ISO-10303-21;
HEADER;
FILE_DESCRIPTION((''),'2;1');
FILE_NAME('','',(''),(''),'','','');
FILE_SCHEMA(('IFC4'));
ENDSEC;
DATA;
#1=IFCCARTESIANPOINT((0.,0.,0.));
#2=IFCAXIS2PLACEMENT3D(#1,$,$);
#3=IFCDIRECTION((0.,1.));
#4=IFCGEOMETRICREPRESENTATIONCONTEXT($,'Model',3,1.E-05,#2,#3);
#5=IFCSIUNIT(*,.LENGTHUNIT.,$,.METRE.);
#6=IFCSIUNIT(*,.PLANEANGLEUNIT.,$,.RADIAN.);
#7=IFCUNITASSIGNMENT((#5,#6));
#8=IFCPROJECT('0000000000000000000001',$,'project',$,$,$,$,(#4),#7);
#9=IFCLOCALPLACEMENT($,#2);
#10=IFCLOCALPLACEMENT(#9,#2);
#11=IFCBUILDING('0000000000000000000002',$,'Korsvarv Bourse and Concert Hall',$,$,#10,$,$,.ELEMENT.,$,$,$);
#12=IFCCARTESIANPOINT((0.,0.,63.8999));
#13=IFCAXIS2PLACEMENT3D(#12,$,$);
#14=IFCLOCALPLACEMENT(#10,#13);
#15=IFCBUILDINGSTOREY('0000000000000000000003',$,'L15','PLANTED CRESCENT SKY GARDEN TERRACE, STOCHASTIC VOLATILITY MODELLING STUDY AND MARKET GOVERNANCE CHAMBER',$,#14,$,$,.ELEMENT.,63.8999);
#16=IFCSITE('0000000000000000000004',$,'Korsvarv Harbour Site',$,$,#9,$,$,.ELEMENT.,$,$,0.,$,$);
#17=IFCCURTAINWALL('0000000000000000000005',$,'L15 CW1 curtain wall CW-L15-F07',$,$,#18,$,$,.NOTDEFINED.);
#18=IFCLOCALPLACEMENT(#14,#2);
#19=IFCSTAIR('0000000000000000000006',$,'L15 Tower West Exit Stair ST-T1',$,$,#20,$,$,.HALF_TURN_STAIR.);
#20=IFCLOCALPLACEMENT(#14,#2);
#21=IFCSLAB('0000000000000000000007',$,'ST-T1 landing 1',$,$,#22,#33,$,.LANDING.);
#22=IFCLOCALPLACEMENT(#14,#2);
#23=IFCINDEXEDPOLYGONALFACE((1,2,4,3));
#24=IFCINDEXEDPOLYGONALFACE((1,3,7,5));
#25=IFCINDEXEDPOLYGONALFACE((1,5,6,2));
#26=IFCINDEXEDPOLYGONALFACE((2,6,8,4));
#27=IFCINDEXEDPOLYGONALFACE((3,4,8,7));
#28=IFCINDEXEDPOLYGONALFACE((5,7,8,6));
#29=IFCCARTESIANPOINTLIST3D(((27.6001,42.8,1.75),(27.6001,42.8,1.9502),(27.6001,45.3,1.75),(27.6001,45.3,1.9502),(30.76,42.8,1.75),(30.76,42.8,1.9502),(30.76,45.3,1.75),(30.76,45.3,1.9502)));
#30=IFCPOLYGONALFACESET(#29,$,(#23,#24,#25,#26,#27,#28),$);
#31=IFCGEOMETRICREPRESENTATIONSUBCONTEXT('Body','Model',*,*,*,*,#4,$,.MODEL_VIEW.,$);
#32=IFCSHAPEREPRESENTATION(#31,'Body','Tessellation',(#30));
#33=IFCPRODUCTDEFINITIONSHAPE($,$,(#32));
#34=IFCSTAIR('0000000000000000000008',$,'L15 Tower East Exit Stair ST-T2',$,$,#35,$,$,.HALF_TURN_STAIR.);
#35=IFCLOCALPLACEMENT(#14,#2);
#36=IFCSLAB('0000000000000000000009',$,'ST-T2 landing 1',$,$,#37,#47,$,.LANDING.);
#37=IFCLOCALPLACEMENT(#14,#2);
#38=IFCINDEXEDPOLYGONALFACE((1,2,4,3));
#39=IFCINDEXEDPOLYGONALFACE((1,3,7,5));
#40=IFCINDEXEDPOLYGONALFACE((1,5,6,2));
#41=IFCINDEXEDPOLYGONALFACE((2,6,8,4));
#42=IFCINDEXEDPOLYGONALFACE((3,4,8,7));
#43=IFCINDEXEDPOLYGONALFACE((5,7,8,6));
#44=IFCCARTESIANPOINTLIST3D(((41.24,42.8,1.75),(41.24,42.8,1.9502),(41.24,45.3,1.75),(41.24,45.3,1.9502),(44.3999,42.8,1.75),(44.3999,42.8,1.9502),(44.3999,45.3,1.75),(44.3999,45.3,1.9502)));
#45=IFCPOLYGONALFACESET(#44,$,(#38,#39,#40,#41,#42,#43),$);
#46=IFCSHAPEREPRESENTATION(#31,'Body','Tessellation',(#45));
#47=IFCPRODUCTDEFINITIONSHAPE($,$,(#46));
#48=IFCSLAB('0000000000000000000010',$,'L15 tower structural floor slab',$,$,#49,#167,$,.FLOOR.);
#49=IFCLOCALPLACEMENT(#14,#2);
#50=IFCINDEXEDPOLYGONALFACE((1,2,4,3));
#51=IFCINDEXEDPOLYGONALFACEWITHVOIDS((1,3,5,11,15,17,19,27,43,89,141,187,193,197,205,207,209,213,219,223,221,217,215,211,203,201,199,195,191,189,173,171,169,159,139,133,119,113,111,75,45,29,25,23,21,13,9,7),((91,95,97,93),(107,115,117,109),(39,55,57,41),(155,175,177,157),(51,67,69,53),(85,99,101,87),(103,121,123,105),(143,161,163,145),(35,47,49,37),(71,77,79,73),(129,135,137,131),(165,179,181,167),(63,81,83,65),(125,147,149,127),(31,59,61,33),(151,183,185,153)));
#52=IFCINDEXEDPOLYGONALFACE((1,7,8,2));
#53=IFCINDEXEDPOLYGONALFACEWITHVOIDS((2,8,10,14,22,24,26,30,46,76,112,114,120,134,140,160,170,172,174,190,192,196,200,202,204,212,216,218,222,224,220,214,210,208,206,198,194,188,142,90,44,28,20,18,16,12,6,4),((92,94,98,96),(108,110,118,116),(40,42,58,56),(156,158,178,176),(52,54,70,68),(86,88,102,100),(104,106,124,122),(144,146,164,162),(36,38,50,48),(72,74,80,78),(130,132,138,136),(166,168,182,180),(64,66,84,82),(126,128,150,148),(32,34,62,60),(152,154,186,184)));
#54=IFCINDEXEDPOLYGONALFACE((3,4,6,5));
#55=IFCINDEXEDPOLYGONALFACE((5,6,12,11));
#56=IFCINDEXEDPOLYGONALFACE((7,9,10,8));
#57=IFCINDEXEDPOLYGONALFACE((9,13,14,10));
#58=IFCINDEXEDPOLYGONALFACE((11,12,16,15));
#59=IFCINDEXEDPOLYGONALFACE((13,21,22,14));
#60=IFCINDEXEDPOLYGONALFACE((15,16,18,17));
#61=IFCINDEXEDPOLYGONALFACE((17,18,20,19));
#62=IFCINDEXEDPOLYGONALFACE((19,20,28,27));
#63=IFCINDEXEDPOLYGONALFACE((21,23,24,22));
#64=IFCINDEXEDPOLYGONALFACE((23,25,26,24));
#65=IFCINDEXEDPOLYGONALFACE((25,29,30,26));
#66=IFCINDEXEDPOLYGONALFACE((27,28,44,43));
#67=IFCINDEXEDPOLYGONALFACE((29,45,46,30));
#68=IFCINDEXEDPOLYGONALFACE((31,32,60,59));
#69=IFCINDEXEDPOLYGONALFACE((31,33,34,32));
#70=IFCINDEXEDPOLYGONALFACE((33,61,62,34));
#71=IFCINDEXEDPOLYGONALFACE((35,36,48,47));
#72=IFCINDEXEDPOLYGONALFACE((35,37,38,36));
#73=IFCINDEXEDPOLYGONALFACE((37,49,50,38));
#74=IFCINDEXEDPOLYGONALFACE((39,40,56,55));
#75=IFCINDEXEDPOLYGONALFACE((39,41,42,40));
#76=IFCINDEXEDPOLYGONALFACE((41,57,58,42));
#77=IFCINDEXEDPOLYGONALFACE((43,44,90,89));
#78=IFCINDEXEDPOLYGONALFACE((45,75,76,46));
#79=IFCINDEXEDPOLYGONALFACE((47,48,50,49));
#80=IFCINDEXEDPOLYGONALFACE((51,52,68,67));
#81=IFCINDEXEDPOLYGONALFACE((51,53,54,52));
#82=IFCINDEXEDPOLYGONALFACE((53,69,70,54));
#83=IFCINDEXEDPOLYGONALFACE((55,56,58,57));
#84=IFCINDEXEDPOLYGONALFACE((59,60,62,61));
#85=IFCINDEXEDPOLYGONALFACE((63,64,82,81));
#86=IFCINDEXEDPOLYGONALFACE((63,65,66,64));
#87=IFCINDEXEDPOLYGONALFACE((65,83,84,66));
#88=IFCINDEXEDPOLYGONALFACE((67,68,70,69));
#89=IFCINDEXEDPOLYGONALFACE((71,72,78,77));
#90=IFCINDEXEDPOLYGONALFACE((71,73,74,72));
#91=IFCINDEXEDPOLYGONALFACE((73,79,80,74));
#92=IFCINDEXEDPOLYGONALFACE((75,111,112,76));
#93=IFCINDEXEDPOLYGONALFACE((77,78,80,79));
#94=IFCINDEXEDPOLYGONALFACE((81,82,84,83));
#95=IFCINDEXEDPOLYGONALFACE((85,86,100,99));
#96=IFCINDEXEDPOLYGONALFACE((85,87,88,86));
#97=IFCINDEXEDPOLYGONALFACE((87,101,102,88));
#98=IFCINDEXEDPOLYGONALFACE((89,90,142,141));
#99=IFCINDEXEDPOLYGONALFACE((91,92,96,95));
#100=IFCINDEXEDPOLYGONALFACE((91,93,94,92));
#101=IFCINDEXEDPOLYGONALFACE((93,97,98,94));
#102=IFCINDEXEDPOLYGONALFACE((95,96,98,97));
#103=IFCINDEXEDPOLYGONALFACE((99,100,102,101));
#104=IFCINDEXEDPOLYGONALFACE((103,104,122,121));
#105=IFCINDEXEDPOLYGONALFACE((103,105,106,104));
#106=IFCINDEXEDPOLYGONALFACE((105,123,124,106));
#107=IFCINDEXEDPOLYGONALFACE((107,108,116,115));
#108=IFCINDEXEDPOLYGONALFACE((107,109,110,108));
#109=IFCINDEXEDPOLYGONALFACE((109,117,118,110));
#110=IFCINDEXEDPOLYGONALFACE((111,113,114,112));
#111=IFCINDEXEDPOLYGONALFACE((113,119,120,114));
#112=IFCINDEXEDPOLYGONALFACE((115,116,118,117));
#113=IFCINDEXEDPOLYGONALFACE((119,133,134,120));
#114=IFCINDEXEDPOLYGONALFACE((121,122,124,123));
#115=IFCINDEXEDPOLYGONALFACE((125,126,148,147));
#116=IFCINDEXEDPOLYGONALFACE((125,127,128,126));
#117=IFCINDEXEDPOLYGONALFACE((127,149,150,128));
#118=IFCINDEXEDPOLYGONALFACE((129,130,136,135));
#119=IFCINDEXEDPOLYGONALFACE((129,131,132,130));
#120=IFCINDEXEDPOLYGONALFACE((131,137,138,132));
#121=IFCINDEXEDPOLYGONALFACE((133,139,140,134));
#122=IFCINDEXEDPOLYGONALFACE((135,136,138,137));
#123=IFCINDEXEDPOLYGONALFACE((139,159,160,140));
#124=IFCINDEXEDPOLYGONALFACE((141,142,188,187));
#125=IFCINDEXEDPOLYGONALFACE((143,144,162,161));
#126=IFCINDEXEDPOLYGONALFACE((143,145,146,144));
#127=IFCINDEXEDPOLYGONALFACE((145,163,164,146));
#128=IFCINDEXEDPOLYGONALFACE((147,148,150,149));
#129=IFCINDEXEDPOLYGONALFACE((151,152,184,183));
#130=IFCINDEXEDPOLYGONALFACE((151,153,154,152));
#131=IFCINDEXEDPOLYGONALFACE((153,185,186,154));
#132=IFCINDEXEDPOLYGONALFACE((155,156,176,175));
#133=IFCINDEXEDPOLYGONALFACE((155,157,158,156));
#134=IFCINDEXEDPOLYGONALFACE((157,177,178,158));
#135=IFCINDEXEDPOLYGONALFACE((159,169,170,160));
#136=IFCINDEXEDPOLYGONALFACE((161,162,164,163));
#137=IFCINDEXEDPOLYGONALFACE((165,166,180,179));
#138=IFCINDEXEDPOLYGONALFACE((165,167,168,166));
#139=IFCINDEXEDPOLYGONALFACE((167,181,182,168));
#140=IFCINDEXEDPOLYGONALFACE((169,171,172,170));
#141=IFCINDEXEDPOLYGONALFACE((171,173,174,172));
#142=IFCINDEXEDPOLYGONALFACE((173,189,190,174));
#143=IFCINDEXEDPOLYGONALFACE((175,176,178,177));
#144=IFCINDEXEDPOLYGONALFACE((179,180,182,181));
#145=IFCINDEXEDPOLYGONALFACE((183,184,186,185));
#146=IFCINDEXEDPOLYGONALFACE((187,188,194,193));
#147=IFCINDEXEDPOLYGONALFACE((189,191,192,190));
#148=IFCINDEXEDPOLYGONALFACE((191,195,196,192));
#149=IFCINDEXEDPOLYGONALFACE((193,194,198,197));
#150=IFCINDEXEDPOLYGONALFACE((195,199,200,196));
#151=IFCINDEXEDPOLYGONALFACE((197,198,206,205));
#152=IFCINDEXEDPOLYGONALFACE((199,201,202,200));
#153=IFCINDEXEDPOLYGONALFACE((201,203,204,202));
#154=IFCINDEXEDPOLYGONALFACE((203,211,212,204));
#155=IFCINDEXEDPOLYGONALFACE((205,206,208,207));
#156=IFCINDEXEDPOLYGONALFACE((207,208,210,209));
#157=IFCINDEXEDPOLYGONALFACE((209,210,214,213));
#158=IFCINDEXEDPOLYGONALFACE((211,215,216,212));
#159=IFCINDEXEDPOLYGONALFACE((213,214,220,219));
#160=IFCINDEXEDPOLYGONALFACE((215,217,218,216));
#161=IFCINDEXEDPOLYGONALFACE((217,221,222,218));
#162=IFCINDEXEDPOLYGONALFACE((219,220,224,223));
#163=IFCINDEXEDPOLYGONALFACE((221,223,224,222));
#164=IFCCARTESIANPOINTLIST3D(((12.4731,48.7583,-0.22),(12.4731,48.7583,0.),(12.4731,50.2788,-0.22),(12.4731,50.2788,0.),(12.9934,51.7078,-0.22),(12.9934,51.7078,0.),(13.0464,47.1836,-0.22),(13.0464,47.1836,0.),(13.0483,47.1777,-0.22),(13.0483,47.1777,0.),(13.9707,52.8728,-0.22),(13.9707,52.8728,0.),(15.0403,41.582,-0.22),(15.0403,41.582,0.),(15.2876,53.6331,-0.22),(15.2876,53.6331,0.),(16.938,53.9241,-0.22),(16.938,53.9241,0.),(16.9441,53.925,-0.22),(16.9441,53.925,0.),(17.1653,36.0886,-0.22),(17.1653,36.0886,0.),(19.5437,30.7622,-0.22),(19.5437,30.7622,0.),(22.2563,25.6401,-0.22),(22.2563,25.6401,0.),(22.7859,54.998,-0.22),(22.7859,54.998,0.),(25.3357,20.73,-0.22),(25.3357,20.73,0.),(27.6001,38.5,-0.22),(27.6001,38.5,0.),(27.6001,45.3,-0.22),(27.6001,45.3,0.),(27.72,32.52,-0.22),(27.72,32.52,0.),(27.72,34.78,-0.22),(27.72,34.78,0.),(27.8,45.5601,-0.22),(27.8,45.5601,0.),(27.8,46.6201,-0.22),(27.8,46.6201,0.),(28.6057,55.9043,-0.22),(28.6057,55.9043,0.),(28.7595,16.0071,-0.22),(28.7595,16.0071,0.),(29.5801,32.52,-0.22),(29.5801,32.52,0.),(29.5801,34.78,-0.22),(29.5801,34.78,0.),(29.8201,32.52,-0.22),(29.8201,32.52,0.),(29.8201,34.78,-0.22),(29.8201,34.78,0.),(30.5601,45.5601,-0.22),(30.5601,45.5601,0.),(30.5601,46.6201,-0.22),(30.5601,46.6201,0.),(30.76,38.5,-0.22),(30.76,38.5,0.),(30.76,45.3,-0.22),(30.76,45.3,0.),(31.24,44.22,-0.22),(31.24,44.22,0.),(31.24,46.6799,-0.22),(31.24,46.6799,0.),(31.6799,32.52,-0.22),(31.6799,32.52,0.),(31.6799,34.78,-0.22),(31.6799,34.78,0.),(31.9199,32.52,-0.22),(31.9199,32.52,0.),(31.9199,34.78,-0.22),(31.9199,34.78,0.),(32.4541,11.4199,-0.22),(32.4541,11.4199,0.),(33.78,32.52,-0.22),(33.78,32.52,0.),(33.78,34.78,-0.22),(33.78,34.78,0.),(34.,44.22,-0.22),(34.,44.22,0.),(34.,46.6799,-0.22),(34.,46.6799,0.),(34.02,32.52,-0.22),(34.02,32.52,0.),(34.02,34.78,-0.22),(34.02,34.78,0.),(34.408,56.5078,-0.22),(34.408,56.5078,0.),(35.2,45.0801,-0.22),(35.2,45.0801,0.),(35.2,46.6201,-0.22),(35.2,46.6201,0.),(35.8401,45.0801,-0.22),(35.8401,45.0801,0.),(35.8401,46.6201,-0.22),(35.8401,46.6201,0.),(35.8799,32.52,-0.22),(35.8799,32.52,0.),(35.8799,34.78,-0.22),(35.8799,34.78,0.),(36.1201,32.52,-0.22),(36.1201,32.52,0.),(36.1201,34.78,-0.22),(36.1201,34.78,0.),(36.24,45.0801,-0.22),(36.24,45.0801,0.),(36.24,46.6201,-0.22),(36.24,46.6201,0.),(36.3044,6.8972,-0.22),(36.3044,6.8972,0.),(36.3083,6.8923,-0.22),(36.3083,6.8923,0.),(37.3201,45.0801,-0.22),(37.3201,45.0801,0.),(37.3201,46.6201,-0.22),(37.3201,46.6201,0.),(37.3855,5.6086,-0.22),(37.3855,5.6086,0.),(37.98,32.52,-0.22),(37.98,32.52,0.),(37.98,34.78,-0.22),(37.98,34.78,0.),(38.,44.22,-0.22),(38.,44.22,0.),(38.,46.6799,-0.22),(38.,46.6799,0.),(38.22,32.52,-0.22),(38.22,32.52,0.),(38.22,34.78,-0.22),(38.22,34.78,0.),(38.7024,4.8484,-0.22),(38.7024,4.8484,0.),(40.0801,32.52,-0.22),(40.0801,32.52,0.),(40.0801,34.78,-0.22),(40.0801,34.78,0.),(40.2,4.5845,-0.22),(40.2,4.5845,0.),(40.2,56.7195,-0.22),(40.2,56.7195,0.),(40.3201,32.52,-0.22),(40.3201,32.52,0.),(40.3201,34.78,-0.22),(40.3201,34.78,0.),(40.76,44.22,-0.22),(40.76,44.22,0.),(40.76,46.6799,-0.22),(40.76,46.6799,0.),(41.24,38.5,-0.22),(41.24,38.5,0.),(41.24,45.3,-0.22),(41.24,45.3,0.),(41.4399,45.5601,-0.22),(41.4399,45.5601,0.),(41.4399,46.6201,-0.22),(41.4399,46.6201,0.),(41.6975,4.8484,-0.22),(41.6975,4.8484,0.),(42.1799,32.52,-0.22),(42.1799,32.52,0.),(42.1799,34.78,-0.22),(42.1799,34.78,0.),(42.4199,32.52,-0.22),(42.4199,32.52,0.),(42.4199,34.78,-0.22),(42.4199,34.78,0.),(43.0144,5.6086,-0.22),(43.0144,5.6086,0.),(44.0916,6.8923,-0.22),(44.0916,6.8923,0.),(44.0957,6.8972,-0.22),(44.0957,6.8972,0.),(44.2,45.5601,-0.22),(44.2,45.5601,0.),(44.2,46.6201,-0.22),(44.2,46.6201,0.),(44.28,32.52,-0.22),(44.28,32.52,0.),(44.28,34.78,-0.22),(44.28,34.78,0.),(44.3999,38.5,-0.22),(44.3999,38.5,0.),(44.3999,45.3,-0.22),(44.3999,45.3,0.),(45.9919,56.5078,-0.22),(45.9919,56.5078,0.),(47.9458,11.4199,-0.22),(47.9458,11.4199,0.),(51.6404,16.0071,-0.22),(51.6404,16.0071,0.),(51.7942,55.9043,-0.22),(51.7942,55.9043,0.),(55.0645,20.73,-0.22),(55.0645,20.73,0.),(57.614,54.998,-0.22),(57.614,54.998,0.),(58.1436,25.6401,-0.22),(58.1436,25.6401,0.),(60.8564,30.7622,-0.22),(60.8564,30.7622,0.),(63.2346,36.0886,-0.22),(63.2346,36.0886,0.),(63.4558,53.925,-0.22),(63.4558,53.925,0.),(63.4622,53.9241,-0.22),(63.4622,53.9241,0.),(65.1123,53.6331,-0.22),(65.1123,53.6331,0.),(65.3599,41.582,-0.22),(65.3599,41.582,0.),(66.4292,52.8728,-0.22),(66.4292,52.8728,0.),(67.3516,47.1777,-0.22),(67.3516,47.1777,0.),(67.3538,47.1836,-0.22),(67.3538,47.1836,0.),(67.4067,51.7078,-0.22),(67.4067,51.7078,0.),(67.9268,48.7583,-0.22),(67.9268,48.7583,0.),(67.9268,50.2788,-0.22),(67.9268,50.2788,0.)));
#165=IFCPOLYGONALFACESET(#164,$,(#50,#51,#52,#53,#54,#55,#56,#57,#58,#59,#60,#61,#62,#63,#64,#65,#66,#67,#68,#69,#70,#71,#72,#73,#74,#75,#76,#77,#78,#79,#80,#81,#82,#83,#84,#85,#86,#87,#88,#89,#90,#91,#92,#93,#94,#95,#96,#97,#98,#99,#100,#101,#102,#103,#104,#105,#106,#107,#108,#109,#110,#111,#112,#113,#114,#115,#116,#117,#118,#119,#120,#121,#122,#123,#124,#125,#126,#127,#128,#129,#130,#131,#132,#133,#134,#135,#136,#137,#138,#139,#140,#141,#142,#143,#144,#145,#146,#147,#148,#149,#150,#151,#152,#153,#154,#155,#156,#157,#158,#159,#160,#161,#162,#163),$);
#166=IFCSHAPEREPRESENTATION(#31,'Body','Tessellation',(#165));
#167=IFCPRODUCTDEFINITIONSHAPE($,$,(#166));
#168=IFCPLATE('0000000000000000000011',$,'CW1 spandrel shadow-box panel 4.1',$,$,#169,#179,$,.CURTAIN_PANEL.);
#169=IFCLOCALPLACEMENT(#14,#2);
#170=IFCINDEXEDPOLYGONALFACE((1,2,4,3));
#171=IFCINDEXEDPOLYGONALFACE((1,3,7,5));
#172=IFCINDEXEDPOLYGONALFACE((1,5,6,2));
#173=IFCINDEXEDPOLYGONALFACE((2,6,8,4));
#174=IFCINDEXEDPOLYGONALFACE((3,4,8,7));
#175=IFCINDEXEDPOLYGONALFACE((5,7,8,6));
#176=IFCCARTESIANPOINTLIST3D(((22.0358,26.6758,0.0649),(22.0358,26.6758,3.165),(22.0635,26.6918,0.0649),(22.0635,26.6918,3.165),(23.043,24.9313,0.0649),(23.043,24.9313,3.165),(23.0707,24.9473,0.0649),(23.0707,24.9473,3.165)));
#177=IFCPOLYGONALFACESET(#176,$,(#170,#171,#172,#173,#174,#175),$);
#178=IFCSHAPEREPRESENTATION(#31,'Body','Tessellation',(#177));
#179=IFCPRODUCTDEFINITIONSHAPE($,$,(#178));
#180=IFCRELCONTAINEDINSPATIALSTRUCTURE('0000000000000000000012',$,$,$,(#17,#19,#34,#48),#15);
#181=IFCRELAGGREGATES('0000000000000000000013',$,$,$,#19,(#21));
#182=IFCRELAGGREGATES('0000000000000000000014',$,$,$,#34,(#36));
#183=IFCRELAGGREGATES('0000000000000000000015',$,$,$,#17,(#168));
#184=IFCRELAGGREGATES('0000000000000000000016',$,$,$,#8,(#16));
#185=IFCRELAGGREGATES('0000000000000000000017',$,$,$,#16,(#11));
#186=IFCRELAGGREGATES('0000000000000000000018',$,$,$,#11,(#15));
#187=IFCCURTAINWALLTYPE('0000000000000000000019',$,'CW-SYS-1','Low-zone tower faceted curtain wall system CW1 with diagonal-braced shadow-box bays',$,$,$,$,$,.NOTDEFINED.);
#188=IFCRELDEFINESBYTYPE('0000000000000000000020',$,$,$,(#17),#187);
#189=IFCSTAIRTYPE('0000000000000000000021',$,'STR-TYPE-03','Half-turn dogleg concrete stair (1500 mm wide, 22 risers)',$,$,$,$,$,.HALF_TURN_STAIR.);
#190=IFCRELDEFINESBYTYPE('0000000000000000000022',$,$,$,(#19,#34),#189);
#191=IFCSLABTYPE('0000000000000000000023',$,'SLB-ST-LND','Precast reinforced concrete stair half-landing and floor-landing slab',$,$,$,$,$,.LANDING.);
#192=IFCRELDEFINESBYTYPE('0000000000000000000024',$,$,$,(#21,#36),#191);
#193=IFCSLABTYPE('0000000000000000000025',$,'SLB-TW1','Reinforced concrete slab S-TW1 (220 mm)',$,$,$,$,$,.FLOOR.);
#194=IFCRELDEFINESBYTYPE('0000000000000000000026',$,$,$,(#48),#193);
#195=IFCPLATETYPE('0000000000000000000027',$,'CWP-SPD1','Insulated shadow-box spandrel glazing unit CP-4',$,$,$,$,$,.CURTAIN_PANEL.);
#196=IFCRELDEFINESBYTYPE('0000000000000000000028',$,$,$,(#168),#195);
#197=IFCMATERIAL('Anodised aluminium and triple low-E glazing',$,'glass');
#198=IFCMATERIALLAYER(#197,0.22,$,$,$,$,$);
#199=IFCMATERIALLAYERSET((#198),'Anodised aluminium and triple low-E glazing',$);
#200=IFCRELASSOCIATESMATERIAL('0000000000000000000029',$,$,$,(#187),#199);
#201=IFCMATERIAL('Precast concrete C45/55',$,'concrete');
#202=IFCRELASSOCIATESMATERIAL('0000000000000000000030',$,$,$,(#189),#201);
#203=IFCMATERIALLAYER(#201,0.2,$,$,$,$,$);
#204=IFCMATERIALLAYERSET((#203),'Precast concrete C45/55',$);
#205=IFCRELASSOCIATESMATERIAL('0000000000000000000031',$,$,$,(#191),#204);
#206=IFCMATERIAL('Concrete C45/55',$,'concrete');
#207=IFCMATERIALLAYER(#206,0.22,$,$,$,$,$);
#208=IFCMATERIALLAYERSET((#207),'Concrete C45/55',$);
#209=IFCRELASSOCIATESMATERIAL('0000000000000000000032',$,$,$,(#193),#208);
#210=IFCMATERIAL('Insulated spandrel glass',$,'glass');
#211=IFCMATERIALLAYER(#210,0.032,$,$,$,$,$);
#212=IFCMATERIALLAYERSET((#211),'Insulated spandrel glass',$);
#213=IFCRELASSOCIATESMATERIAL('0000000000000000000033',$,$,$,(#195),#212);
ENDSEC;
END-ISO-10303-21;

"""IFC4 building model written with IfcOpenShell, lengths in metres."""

from ifc_helpers import new_model, si_unit, direction, frame, origin, origin_2d, place, context, subcontext, project, spatial, polyline, rectangle, outline, extrude, source, transform, mapped, material, layer, layer_set, type_object, element, aggregate, save


model = new_model("IFC4")

# Units and contexts
model_context = context("Model", 3, precision=1e-05, world=origin(), true_north=direction((0.0, 1.0)))
body_context = subcontext(model_context, "Body", "Model", "MODEL_VIEW")
ifc_project = project(units=[si_unit("LENGTHUNIT", "METRE"), si_unit("PLANEANGLEUNIT", "RADIAN")], contexts=[model_context])

# Site, building, storey
site_placement = place(None, origin())
site = spatial("IfcSite", under=ifc_project, at=site_placement, Name="Korsvarv Harbour Site", CompositionType="ELEMENT", RefElevation=0.0)
building_placement = place(site_placement, origin())
building = spatial("IfcBuilding", under=site, at=building_placement, Name="Korsvarv Bourse and Concert Hall", CompositionType="ELEMENT")
storey_placement = place(building_placement, frame((0.0, 0.0, 63.8999)))
storey = spatial("IfcBuildingStorey", under=building, at=storey_placement, Name="L15", Description="PLANTED CRESCENT SKY GARDEN TERRACE, STOCHASTIC VOLATILITY MODELLING STUDY AND MARKET GOVERNANCE CHAMBER", CompositionType="ELEMENT", Elevation=63.8999)

# Curtain wall
ifc_material_1 = material(Name="Anodised aluminium and triple low-E glazing", Category="glass")
ifc_layer_1 = layer(ifc_material_1, 0.22)
ifc_layer_set_1 = layer_set([ifc_layer_1], Name="Anodised aluminium and triple low-E glazing")
curtain_wall_type = type_object("IfcCurtainWallType", Name="CW-SYS-1", Description="Low-zone tower faceted curtain wall system CW1 with diagonal-braced shadow-box bays", PredefinedType="NOTDEFINED", material=ifc_layer_set_1)
curtain_wall_placement = place(storey_placement, origin())
curtain_wall = element("IfcCurtainWall", 1, at=curtain_wall_placement, inside=storey, type_object=curtain_wall_type, Name="L15 CW1 curtain wall CW-L15-F07", PredefinedType="NOTDEFINED")

# Shared definitions
ifc_material_2 = material(Name="Precast concrete C45/55", Category="concrete")
ifc_material_3 = material(Name="Concrete C45/55", Category="concrete")

# Stairs, slabs
stair_type = type_object("IfcStairType", Name="STR-TYPE-03", Description="Half-turn dogleg concrete stair (1500 mm wide, 22 risers)", PredefinedType="HALF_TURN_STAIR", material=ifc_material_2)
stair_1_placement = place(storey_placement, origin())
stair_1 = element("IfcStair", 2, at=stair_1_placement, inside=storey, type_object=stair_type, Name="L15 Tower West Exit Stair ST-T1", PredefinedType="HALF_TURN_STAIR")
ifc_layer_2 = layer(ifc_material_2, 0.2)
ifc_layer_set_2 = layer_set([ifc_layer_2], Name="Precast concrete C45/55")
slab_type_1 = type_object("IfcSlabType", Name="SLB-ST-LND", Description="Precast reinforced concrete stair half-landing and floor-landing slab", PredefinedType="LANDING", material=ifc_layer_set_2)
slab_1_placement = place(storey_placement, frame((0.0, 0.0, 1.75)))
slab_1 = element("IfcSlab", 3, at=slab_1_placement, type_object=slab_type_1, Name="ST-T1 landing 1", PredefinedType="LANDING", context=body_context, shape_type="SweptSolid", body=[
    extrude(outline(polyline([(30.76, 42.8), (30.76, 45.3), (27.6001, 45.3), (27.6001, 42.8), (30.76, 42.8)])), origin(), (0.0, 0.0, 1.0), 0.2002),
])
aggregate(stair_1, [slab_1])
stair_2_placement = place(storey_placement, origin())
stair_2 = element("IfcStair", 4, at=stair_2_placement, inside=storey, type_object=stair_type, Name="L15 Tower East Exit Stair ST-T2", PredefinedType="HALF_TURN_STAIR")
slab_2_placement = place(storey_placement, frame((0.0, 0.0, 1.75)))
slab_2 = element("IfcSlab", 5, at=slab_2_placement, type_object=slab_type_1, Name="ST-T2 landing 1", PredefinedType="LANDING", context=body_context, shape_type="SweptSolid", body=[
    extrude(outline(polyline([(44.3999, 42.8), (44.3999, 45.3), (41.24, 45.3), (41.24, 42.8), (44.3999, 42.8)])), origin(), (0.0, 0.0, 1.0), 0.2002),
])
aggregate(stair_2, [slab_2])

# Slab
ifc_layer_3 = layer(ifc_material_3, 0.22)
ifc_layer_set_3 = layer_set([ifc_layer_3], Name="Concrete C45/55")
slab_type_2 = type_object("IfcSlabType", Name="SLB-TW1", Description="Reinforced concrete slab S-TW1 (220 mm)", PredefinedType="FLOOR", material=ifc_layer_set_3)
slab_3_placement = place(storey_placement, frame((0.0, 0.0, -0.22)))
element("IfcSlab", 6, at=slab_3_placement, inside=storey, type_object=slab_type_2, Name="L15 tower structural floor slab", PredefinedType="FLOOR", context=body_context, shape_type="SweptSolid", body=[
    extrude(outline(polyline([(67.3516, 47.1777), (65.3599, 41.582), (63.2346, 36.0886), (60.8564, 30.7622), (58.1436, 25.6401), (55.0645, 20.73), (51.6404, 16.0071), (47.9458, 11.4199), (44.0957, 6.8972), (44.0916, 6.8923), (43.0144, 5.6086), (41.6975, 4.8484), (40.2, 4.5845), (38.7024, 4.8484), (37.3855, 5.6086), (36.3083, 6.8923), (36.3044, 6.8972), (32.4541, 11.4199), (28.7595, 16.0071), (25.3357, 20.73), (22.2563, 25.6401), (19.5437, 30.7622), (17.1653, 36.0886), (15.0403, 41.582), (13.0483, 47.1777), (13.0464, 47.1836), (12.4731, 48.7583), (12.4731, 50.2788), (12.9934, 51.7078), (13.9707, 52.8728), (15.2876, 53.6331), (16.938, 53.9241), (16.9441, 53.925), (22.7859, 54.998), (28.6057, 55.9043), (34.408, 56.5078), (40.2, 56.7195), (45.9919, 56.5078), (51.7942, 55.9043), (57.614, 54.998), (63.4558, 53.925), (63.4622, 53.9241), (65.1123, 53.6331), (66.4292, 52.8728), (67.4067, 51.7078), (67.9268, 50.2788), (67.9268, 48.7583), (67.3538, 47.1836), (67.3516, 47.1777)]), holes=[polyline([(30.76, 38.5), (30.76, 45.3), (27.6001, 45.3), (27.6001, 38.5), (30.76, 38.5)]), polyline([(44.3999, 38.5), (44.3999, 45.3), (41.24, 45.3), (41.24, 38.5), (44.3999, 38.5)]), polyline([(31.24, 44.22), (34.0, 44.22), (34.0, 46.6799), (31.24, 46.6799), (31.24, 44.22)]), polyline([(38.0, 44.22), (40.76, 44.22), (40.76, 46.6799), (38.0, 46.6799), (38.0, 44.22)]), polyline([(27.72, 32.52), (29.5801, 32.52), (29.5801, 34.78), (27.72, 34.78), (27.72, 32.52)]), polyline([(29.8201, 32.52), (31.6799, 32.52), (31.6799, 34.78), (29.8201, 34.78), (29.8201, 32.52)]), polyline([(31.9199, 32.52), (33.78, 32.52), (33.78, 34.78), (31.9199, 34.78), (31.9199, 32.52)]), polyline([(34.02, 32.52), (35.8799, 32.52), (35.8799, 34.78), (34.02, 34.78), (34.02, 32.52)]), polyline([(36.1201, 32.52), (37.98, 32.52), (37.98, 34.78), (36.1201, 34.78), (36.1201, 32.52)]), polyline([(38.22, 32.52), (40.0801, 32.52), (40.0801, 34.78), (38.22, 34.78), (38.22, 32.52)]), polyline([(40.3201, 32.52), (42.1799, 32.52), (42.1799, 34.78), (40.3201, 34.78), (40.3201, 32.52)]), polyline([(42.4199, 32.52), (44.28, 32.52), (44.28, 34.78), (42.4199, 34.78), (42.4199, 32.52)]), polyline([(27.8, 45.5601), (30.5601, 45.5601), (30.5601, 46.6201), (27.8, 46.6201), (27.8, 45.5601)]), polyline([(41.4399, 45.5601), (44.2, 45.5601), (44.2, 46.6201), (41.4399, 46.6201), (41.4399, 45.5601)]), polyline([(35.2, 45.0801), (35.8401, 45.0801), (35.8401, 46.6201), (35.2, 46.6201), (35.2, 45.0801)]), polyline([(36.24, 45.0801), (37.3201, 45.0801), (37.3201, 46.6201), (36.24, 46.6201), (36.24, 45.0801)])]), origin(), (0.0, 0.0, 1.0), 0.22),
])

# Plate
ifc_material_4 = material(Name="Insulated spandrel glass", Category="glass")
ifc_layer_4 = layer(ifc_material_4, 0.032)
ifc_layer_set_4 = layer_set([ifc_layer_4], Name="Insulated spandrel glass")
plate_type = type_object("IfcPlateType", Name="CWP-SPD1", Description="Insulated shadow-box spandrel glazing unit CP-4", PredefinedType="CURTAIN_PANEL", material=ifc_layer_set_4)
shared_shape_1 = source(origin(), body_context, "Body", "SweptSolid", [
    extrude(rectangle(XDim=2.0144, YDim=0.032, at=origin_2d()), origin(), (0.0, 0.0, 1.0), 3.1001),
])
plate_placement = place(storey_placement, frame((22.5532, 25.8115, 0.0649), z_axis=(0.0, 0.0, 1.0), x_axis=(0.500006, -0.866022, 0.0)))
plate = element("IfcPlate", 7, at=plate_placement, type_object=plate_type, Name="CW1 spandrel shadow-box panel 4.1", PredefinedType="CURTAIN_PANEL", context=body_context, shape_type="MappedRepresentation", body=[
    mapped(shared_shape_1, transform((0.0, 0.0, 0.0), scale=1.0)),
])
aggregate(curtain_wall, [plate])

save(model, "model.ifc")
